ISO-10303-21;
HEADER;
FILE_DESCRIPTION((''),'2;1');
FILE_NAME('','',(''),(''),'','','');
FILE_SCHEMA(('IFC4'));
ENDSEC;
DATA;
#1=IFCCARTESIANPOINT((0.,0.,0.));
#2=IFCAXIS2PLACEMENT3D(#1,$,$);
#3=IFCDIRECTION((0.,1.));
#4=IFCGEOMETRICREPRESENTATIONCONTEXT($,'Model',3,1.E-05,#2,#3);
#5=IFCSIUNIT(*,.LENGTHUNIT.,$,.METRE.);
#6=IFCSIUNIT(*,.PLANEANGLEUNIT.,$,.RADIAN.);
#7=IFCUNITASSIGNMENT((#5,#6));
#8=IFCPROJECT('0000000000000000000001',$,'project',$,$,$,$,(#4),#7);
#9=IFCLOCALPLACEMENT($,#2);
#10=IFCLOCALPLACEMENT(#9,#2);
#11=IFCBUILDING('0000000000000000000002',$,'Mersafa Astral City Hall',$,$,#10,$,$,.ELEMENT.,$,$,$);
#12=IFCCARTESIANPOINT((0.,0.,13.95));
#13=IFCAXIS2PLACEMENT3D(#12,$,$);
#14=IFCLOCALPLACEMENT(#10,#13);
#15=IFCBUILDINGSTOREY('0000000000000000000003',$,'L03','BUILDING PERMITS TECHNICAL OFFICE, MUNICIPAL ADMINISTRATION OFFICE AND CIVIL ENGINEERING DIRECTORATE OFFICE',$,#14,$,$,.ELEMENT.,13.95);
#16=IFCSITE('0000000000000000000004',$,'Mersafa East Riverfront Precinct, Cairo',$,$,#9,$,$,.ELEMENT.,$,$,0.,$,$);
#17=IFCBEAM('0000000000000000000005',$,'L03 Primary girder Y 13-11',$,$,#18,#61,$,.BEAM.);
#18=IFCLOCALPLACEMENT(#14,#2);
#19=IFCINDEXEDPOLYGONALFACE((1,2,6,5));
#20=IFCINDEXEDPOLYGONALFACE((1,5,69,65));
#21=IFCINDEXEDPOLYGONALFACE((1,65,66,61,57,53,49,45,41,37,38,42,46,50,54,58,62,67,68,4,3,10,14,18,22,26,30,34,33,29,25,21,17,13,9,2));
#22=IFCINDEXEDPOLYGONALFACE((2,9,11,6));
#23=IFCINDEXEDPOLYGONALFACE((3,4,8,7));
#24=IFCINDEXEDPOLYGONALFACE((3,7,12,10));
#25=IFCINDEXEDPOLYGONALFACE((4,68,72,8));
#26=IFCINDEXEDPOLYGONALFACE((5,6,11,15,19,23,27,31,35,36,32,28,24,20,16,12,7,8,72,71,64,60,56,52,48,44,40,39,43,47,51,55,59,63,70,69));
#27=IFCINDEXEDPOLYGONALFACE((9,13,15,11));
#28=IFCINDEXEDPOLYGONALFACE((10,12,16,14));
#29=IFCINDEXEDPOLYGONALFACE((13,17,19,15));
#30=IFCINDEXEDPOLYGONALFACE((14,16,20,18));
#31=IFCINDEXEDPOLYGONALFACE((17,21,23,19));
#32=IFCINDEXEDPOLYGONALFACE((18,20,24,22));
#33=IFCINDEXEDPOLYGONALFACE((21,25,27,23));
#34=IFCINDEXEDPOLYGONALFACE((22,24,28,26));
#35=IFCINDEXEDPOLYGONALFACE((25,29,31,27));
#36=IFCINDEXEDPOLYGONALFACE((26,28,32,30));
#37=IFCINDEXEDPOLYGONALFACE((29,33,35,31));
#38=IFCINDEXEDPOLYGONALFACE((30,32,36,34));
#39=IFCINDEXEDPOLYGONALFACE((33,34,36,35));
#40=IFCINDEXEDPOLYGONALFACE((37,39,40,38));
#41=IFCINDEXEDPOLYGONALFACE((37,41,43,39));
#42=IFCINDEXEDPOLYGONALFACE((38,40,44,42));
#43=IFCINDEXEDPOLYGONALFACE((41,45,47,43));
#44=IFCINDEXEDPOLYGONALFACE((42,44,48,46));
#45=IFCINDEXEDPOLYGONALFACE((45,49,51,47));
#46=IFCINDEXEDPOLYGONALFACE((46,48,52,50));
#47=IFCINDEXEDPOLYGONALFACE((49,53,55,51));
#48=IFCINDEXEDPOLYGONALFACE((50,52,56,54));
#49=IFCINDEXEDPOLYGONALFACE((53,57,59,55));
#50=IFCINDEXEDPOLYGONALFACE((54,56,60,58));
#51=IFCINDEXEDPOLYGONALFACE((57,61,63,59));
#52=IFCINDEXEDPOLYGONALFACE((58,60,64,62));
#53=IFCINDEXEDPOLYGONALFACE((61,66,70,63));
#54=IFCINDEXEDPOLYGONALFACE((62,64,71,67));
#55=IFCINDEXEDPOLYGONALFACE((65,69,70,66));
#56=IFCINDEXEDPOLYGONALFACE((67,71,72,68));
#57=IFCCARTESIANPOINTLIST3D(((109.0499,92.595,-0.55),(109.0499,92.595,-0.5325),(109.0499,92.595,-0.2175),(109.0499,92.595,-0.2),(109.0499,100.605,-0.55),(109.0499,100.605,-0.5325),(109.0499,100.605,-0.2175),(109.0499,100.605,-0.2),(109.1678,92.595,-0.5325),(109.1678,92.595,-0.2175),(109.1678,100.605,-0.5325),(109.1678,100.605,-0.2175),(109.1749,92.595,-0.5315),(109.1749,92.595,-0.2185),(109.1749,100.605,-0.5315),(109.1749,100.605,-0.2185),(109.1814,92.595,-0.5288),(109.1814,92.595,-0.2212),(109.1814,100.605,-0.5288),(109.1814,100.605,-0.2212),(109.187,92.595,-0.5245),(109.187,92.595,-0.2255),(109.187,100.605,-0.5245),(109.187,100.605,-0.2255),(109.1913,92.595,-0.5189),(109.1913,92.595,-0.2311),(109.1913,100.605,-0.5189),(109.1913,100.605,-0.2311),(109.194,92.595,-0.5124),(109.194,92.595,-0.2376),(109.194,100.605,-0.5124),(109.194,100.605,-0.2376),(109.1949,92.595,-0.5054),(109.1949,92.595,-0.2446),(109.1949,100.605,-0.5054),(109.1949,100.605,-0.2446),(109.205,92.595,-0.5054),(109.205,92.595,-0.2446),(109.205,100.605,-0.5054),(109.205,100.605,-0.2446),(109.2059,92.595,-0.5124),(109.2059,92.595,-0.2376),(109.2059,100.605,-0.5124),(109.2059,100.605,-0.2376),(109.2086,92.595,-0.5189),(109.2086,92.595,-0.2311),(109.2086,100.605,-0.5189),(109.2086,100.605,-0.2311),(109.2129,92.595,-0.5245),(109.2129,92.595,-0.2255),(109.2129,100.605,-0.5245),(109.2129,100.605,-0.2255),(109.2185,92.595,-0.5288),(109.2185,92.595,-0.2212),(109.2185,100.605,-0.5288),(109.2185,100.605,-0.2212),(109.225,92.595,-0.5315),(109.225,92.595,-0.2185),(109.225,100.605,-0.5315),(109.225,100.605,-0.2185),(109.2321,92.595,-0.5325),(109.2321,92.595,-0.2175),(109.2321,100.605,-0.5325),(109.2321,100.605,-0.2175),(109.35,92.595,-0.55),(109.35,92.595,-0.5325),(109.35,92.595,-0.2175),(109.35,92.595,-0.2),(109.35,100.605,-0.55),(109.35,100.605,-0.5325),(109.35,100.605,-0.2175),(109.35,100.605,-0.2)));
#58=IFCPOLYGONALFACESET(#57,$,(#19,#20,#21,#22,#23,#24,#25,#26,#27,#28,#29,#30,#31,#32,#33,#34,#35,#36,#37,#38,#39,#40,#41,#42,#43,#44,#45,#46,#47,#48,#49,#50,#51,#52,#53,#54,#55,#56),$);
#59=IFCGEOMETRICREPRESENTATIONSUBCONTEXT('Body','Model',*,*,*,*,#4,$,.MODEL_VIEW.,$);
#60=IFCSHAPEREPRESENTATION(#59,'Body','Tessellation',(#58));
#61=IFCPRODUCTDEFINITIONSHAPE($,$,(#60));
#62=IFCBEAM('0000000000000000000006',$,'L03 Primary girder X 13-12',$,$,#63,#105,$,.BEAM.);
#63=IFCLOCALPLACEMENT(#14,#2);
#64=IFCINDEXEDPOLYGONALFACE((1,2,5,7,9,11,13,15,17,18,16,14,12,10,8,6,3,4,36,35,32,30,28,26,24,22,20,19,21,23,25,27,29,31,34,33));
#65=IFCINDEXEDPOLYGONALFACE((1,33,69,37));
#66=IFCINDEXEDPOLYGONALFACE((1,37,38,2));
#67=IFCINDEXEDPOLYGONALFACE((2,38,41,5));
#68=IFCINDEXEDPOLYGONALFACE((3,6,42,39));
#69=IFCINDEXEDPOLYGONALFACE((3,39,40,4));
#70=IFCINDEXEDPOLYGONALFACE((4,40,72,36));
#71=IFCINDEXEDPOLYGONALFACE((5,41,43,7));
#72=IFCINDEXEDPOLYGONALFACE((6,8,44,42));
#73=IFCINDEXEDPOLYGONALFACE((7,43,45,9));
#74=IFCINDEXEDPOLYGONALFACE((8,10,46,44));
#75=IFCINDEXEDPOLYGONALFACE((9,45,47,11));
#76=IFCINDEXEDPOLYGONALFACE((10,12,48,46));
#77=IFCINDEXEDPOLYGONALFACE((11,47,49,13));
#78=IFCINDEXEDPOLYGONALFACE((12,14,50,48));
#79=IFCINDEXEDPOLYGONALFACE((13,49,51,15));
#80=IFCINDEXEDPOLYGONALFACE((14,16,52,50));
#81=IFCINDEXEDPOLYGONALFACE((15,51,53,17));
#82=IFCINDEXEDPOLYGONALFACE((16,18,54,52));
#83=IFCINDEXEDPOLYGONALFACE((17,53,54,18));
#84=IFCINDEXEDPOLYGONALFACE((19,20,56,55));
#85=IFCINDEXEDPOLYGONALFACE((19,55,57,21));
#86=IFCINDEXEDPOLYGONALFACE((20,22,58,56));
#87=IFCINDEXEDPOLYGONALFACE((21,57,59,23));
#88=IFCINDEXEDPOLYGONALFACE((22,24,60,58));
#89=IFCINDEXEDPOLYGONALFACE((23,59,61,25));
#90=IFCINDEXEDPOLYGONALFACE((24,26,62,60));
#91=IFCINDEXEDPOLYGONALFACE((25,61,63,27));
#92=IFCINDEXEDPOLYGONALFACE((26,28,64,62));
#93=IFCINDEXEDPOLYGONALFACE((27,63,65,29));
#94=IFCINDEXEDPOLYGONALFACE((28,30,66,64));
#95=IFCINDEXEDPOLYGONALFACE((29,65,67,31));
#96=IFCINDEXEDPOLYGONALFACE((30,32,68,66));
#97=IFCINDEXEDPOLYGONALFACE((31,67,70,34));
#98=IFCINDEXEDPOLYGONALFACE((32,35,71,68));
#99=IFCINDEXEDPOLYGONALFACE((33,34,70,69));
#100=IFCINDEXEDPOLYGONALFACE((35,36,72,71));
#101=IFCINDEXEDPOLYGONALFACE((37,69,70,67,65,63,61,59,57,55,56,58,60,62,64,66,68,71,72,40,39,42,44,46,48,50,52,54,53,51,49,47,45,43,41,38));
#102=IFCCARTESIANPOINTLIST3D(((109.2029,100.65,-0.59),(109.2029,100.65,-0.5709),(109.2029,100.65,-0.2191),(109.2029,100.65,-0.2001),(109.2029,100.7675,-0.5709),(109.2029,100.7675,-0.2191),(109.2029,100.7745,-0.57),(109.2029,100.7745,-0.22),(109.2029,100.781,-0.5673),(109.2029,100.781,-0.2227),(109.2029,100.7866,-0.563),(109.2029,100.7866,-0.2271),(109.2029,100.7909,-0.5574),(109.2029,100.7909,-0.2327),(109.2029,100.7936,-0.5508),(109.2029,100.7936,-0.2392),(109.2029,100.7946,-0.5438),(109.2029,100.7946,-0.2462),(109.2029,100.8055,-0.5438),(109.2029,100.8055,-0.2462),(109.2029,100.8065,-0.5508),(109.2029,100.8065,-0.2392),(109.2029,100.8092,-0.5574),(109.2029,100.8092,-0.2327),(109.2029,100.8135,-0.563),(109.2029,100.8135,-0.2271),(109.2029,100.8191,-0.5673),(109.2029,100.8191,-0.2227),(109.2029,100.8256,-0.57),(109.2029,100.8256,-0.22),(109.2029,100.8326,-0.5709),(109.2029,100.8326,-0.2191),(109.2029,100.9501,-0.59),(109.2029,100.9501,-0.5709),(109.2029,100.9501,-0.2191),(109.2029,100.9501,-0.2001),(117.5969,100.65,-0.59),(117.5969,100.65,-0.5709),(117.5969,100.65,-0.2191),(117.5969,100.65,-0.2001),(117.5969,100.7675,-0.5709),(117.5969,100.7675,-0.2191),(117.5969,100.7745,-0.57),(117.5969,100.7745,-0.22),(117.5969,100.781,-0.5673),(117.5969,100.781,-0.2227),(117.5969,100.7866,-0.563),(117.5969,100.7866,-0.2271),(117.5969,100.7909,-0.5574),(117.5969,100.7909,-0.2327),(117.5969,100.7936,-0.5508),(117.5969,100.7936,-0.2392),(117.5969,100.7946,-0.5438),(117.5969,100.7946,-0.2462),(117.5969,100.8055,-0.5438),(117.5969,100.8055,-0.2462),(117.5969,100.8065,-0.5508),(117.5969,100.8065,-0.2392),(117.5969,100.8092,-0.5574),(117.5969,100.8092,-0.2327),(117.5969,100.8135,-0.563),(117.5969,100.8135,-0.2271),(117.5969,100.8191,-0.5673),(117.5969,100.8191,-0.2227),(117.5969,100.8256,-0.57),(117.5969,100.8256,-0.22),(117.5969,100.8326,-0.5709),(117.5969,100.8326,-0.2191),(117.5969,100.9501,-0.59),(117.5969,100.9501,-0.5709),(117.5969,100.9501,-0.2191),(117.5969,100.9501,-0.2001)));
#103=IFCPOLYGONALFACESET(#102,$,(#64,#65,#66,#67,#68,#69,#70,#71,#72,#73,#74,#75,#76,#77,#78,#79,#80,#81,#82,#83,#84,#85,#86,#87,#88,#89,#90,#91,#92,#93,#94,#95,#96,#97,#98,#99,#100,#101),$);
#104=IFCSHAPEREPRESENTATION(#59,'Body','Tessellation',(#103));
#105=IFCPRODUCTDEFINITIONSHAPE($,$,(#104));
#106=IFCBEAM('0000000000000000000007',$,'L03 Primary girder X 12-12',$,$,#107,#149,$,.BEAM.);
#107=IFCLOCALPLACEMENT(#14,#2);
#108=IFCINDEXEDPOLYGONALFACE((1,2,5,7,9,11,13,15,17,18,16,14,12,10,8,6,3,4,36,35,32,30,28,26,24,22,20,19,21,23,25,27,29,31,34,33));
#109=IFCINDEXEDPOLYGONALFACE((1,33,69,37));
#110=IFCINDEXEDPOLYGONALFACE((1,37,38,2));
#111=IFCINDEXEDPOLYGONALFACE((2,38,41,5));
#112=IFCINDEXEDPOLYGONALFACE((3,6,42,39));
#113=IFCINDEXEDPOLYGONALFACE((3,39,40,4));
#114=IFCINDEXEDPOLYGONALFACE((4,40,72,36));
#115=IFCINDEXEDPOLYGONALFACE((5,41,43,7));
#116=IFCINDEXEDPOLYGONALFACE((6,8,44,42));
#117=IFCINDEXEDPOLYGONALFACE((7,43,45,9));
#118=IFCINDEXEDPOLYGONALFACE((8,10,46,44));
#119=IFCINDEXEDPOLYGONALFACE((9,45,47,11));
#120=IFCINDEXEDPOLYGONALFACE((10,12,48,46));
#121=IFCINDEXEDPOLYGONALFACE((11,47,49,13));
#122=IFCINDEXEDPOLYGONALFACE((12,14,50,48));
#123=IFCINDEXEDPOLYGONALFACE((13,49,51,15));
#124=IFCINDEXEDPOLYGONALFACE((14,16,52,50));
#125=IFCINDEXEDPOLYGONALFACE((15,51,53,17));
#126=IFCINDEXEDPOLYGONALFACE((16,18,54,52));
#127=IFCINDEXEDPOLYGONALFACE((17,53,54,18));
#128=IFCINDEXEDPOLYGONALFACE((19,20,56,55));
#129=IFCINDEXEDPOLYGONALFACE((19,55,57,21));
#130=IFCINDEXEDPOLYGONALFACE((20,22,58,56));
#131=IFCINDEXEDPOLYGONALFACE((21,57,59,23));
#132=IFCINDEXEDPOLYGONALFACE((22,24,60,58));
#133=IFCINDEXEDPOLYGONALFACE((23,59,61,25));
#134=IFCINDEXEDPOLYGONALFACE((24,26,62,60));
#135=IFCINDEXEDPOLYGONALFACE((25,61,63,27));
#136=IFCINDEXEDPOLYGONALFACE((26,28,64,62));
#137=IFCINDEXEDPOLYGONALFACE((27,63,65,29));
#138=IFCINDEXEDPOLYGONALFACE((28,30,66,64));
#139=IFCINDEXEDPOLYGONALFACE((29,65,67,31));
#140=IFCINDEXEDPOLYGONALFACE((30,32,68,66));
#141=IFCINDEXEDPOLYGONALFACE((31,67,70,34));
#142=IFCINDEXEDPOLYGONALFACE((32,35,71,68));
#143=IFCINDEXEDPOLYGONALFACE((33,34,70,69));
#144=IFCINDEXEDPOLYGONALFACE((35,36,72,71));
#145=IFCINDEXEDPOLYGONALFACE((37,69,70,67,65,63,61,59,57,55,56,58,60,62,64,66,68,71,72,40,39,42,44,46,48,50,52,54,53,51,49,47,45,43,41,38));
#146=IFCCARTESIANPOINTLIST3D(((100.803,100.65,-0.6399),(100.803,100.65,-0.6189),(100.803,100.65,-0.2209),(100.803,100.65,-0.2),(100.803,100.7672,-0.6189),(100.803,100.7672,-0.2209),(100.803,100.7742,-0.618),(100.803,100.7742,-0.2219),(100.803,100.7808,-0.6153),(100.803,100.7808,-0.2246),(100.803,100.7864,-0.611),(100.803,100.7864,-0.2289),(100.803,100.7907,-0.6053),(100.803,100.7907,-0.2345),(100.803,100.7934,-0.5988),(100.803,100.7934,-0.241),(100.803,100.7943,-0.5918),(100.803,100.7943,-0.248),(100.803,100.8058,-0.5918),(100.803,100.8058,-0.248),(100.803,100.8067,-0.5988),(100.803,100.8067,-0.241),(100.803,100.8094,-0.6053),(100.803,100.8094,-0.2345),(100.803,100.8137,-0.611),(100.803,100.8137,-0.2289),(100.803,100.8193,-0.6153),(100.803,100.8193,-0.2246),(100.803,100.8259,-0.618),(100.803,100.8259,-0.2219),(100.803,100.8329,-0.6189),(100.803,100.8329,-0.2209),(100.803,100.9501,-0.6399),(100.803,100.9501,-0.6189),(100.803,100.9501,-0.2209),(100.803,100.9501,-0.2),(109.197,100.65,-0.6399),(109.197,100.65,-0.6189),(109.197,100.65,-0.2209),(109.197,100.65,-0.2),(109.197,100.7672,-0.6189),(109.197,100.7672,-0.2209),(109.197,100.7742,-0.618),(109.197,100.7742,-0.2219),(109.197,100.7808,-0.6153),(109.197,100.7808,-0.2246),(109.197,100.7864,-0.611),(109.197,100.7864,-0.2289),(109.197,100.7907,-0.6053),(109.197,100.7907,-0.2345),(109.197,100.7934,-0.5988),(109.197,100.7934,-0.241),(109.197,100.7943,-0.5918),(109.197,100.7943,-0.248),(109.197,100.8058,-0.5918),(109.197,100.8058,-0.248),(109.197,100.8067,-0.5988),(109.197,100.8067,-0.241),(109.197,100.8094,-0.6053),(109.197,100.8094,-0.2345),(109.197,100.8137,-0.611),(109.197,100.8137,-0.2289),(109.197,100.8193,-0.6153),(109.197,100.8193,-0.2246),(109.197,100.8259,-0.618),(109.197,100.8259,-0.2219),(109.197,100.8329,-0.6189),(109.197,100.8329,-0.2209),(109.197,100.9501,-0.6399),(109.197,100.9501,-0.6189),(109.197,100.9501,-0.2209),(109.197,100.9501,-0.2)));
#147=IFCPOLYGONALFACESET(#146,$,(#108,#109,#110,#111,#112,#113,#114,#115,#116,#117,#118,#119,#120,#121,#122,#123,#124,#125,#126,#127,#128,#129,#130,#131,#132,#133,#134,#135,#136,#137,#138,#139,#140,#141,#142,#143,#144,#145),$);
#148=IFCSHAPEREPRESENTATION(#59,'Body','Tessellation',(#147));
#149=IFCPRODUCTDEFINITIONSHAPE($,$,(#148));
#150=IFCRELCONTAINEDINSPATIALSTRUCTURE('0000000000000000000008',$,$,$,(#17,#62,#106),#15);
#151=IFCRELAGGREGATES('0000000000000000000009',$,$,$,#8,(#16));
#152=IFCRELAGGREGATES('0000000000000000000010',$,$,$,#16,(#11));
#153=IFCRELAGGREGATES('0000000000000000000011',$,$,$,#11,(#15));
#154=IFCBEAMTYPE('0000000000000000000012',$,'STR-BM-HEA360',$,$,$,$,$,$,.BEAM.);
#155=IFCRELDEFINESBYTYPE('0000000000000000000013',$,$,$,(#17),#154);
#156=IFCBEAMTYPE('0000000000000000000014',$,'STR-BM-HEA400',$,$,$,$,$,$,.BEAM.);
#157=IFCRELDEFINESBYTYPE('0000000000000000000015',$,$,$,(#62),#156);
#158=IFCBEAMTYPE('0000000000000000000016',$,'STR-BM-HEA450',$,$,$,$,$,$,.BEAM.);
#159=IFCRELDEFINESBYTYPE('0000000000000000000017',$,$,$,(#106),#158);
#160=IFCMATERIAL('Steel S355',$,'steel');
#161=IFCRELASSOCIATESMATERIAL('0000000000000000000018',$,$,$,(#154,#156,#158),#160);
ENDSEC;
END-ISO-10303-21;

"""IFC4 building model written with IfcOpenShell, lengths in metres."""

from ifc_helpers import new_model, si_unit, direction, frame, origin, origin_2d, place, context, subcontext, project, spatial, i_section, extrude, material, material_profile, profile_set, type_object, element, save


model = new_model("IFC4")

# Units and contexts
model_context = context("Model", 3, precision=1e-05, world=origin(), true_north=direction((0.0, 1.0)))
body_context = subcontext(model_context, "Body", "Model", "MODEL_VIEW")
ifc_project = project(units=[si_unit("LENGTHUNIT", "METRE"), si_unit("PLANEANGLEUNIT", "RADIAN")], contexts=[model_context])

# Site, building, storey
site_placement = place(None, origin())
site = spatial("IfcSite", under=ifc_project, at=site_placement, Name="Mersafa East Riverfront Precinct, Cairo", CompositionType="ELEMENT", RefElevation=0.0)
building_placement = place(site_placement, origin())
building = spatial("IfcBuilding", under=site, at=building_placement, Name="Mersafa Astral City Hall", CompositionType="ELEMENT")
storey_placement = place(building_placement, frame((0.0, 0.0, 13.95)))
storey = spatial("IfcBuildingStorey", under=building, at=storey_placement, Name="L03", Description="BUILDING PERMITS TECHNICAL OFFICE, MUNICIPAL ADMINISTRATION OFFICE AND CIVIL ENGINEERING DIRECTORATE OFFICE", CompositionType="ELEMENT", Elevation=13.95)

# Shared definitions
ifc_material_1 = material(Name="Steel S355", Category="steel")

# Beams
ifc_material_profile_1 = material_profile(ifc_material_1, i_section(OverallWidth=0.3, OverallDepth=0.3501, WebThickness=0.01, FlangeThickness=0.0176, FilletRadius=0.0271, at=origin_2d()), Name="HEA 360")
ifc_profile_set_1 = profile_set([ifc_material_profile_1], Name="Steel S355")
beam_type_1 = type_object("IfcBeamType", Name="STR-BM-HEA360", PredefinedType="BEAM", material=ifc_profile_set_1)
beam_1_placement = place(storey_placement, frame((109.2, 92.595, -0.375), z_axis=(0.0, 1.0, 0.0), x_axis=(-1.0, 0.0, 0.0)))
element("IfcBeam", 1, at=beam_1_placement, inside=storey, type_object=beam_type_1, Name="L03 Primary girder Y 13-11", PredefinedType="BEAM", context=body_context, shape_type="SweptSolid", body=[
    extrude(i_section(OverallWidth=0.3, OverallDepth=0.3501, WebThickness=0.01, FlangeThickness=0.0176, FilletRadius=0.0271, at=origin_2d()), origin(), (0.0, 0.0, 1.0), 8.01),
])
ifc_material_profile_2 = material_profile(ifc_material_1, i_section(OverallWidth=0.3, OverallDepth=0.3899, WebThickness=0.011, FlangeThickness=0.019, FilletRadius=0.0271, at=origin_2d()), Name="HEA 400")
ifc_profile_set_2 = profile_set([ifc_material_profile_2], Name="Steel S355")
beam_type_2 = type_object("IfcBeamType", Name="STR-BM-HEA400", PredefinedType="BEAM", material=ifc_profile_set_2)
beam_2_placement = place(storey_placement, frame((109.2029, 100.8, -0.395), z_axis=(1.0, 0.0, 0.0), x_axis=(0.0, 1.0, 0.0)))
element("IfcBeam", 2, at=beam_2_placement, inside=storey, type_object=beam_type_2, Name="L03 Primary girder X 13-12", PredefinedType="BEAM", context=body_context, shape_type="SweptSolid", body=[
    extrude(i_section(OverallWidth=0.3, OverallDepth=0.3899, WebThickness=0.011, FlangeThickness=0.019, FilletRadius=0.0271, at=origin_2d()), origin(), (0.0, 0.0, 1.0), 8.394),
])
ifc_material_profile_3 = material_profile(ifc_material_1, i_section(OverallWidth=0.3, OverallDepth=0.4399, WebThickness=0.0115, FlangeThickness=0.021, FilletRadius=0.0271, at=origin_2d()), Name="HEA 450")
ifc_profile_set_3 = profile_set([ifc_material_profile_3], Name="Steel S355")
beam_type_3 = type_object("IfcBeamType", Name="STR-BM-HEA450", PredefinedType="BEAM", material=ifc_profile_set_3)
beam_3_placement = place(storey_placement, frame((100.803, 100.8, -0.4199), z_axis=(1.0, 0.0, 0.0), x_axis=(0.0, 1.0, 0.0)))
element("IfcBeam", 3, at=beam_3_placement, inside=storey, type_object=beam_type_3, Name="L03 Primary girder X 12-12", PredefinedType="BEAM", context=body_context, shape_type="SweptSolid", body=[
    extrude(i_section(OverallWidth=0.3, OverallDepth=0.4399, WebThickness=0.0115, FlangeThickness=0.021, FilletRadius=0.0271, at=origin_2d()), origin(), (0.0, 0.0, 1.0), 8.394),
])

save(model, "model.ifc")
